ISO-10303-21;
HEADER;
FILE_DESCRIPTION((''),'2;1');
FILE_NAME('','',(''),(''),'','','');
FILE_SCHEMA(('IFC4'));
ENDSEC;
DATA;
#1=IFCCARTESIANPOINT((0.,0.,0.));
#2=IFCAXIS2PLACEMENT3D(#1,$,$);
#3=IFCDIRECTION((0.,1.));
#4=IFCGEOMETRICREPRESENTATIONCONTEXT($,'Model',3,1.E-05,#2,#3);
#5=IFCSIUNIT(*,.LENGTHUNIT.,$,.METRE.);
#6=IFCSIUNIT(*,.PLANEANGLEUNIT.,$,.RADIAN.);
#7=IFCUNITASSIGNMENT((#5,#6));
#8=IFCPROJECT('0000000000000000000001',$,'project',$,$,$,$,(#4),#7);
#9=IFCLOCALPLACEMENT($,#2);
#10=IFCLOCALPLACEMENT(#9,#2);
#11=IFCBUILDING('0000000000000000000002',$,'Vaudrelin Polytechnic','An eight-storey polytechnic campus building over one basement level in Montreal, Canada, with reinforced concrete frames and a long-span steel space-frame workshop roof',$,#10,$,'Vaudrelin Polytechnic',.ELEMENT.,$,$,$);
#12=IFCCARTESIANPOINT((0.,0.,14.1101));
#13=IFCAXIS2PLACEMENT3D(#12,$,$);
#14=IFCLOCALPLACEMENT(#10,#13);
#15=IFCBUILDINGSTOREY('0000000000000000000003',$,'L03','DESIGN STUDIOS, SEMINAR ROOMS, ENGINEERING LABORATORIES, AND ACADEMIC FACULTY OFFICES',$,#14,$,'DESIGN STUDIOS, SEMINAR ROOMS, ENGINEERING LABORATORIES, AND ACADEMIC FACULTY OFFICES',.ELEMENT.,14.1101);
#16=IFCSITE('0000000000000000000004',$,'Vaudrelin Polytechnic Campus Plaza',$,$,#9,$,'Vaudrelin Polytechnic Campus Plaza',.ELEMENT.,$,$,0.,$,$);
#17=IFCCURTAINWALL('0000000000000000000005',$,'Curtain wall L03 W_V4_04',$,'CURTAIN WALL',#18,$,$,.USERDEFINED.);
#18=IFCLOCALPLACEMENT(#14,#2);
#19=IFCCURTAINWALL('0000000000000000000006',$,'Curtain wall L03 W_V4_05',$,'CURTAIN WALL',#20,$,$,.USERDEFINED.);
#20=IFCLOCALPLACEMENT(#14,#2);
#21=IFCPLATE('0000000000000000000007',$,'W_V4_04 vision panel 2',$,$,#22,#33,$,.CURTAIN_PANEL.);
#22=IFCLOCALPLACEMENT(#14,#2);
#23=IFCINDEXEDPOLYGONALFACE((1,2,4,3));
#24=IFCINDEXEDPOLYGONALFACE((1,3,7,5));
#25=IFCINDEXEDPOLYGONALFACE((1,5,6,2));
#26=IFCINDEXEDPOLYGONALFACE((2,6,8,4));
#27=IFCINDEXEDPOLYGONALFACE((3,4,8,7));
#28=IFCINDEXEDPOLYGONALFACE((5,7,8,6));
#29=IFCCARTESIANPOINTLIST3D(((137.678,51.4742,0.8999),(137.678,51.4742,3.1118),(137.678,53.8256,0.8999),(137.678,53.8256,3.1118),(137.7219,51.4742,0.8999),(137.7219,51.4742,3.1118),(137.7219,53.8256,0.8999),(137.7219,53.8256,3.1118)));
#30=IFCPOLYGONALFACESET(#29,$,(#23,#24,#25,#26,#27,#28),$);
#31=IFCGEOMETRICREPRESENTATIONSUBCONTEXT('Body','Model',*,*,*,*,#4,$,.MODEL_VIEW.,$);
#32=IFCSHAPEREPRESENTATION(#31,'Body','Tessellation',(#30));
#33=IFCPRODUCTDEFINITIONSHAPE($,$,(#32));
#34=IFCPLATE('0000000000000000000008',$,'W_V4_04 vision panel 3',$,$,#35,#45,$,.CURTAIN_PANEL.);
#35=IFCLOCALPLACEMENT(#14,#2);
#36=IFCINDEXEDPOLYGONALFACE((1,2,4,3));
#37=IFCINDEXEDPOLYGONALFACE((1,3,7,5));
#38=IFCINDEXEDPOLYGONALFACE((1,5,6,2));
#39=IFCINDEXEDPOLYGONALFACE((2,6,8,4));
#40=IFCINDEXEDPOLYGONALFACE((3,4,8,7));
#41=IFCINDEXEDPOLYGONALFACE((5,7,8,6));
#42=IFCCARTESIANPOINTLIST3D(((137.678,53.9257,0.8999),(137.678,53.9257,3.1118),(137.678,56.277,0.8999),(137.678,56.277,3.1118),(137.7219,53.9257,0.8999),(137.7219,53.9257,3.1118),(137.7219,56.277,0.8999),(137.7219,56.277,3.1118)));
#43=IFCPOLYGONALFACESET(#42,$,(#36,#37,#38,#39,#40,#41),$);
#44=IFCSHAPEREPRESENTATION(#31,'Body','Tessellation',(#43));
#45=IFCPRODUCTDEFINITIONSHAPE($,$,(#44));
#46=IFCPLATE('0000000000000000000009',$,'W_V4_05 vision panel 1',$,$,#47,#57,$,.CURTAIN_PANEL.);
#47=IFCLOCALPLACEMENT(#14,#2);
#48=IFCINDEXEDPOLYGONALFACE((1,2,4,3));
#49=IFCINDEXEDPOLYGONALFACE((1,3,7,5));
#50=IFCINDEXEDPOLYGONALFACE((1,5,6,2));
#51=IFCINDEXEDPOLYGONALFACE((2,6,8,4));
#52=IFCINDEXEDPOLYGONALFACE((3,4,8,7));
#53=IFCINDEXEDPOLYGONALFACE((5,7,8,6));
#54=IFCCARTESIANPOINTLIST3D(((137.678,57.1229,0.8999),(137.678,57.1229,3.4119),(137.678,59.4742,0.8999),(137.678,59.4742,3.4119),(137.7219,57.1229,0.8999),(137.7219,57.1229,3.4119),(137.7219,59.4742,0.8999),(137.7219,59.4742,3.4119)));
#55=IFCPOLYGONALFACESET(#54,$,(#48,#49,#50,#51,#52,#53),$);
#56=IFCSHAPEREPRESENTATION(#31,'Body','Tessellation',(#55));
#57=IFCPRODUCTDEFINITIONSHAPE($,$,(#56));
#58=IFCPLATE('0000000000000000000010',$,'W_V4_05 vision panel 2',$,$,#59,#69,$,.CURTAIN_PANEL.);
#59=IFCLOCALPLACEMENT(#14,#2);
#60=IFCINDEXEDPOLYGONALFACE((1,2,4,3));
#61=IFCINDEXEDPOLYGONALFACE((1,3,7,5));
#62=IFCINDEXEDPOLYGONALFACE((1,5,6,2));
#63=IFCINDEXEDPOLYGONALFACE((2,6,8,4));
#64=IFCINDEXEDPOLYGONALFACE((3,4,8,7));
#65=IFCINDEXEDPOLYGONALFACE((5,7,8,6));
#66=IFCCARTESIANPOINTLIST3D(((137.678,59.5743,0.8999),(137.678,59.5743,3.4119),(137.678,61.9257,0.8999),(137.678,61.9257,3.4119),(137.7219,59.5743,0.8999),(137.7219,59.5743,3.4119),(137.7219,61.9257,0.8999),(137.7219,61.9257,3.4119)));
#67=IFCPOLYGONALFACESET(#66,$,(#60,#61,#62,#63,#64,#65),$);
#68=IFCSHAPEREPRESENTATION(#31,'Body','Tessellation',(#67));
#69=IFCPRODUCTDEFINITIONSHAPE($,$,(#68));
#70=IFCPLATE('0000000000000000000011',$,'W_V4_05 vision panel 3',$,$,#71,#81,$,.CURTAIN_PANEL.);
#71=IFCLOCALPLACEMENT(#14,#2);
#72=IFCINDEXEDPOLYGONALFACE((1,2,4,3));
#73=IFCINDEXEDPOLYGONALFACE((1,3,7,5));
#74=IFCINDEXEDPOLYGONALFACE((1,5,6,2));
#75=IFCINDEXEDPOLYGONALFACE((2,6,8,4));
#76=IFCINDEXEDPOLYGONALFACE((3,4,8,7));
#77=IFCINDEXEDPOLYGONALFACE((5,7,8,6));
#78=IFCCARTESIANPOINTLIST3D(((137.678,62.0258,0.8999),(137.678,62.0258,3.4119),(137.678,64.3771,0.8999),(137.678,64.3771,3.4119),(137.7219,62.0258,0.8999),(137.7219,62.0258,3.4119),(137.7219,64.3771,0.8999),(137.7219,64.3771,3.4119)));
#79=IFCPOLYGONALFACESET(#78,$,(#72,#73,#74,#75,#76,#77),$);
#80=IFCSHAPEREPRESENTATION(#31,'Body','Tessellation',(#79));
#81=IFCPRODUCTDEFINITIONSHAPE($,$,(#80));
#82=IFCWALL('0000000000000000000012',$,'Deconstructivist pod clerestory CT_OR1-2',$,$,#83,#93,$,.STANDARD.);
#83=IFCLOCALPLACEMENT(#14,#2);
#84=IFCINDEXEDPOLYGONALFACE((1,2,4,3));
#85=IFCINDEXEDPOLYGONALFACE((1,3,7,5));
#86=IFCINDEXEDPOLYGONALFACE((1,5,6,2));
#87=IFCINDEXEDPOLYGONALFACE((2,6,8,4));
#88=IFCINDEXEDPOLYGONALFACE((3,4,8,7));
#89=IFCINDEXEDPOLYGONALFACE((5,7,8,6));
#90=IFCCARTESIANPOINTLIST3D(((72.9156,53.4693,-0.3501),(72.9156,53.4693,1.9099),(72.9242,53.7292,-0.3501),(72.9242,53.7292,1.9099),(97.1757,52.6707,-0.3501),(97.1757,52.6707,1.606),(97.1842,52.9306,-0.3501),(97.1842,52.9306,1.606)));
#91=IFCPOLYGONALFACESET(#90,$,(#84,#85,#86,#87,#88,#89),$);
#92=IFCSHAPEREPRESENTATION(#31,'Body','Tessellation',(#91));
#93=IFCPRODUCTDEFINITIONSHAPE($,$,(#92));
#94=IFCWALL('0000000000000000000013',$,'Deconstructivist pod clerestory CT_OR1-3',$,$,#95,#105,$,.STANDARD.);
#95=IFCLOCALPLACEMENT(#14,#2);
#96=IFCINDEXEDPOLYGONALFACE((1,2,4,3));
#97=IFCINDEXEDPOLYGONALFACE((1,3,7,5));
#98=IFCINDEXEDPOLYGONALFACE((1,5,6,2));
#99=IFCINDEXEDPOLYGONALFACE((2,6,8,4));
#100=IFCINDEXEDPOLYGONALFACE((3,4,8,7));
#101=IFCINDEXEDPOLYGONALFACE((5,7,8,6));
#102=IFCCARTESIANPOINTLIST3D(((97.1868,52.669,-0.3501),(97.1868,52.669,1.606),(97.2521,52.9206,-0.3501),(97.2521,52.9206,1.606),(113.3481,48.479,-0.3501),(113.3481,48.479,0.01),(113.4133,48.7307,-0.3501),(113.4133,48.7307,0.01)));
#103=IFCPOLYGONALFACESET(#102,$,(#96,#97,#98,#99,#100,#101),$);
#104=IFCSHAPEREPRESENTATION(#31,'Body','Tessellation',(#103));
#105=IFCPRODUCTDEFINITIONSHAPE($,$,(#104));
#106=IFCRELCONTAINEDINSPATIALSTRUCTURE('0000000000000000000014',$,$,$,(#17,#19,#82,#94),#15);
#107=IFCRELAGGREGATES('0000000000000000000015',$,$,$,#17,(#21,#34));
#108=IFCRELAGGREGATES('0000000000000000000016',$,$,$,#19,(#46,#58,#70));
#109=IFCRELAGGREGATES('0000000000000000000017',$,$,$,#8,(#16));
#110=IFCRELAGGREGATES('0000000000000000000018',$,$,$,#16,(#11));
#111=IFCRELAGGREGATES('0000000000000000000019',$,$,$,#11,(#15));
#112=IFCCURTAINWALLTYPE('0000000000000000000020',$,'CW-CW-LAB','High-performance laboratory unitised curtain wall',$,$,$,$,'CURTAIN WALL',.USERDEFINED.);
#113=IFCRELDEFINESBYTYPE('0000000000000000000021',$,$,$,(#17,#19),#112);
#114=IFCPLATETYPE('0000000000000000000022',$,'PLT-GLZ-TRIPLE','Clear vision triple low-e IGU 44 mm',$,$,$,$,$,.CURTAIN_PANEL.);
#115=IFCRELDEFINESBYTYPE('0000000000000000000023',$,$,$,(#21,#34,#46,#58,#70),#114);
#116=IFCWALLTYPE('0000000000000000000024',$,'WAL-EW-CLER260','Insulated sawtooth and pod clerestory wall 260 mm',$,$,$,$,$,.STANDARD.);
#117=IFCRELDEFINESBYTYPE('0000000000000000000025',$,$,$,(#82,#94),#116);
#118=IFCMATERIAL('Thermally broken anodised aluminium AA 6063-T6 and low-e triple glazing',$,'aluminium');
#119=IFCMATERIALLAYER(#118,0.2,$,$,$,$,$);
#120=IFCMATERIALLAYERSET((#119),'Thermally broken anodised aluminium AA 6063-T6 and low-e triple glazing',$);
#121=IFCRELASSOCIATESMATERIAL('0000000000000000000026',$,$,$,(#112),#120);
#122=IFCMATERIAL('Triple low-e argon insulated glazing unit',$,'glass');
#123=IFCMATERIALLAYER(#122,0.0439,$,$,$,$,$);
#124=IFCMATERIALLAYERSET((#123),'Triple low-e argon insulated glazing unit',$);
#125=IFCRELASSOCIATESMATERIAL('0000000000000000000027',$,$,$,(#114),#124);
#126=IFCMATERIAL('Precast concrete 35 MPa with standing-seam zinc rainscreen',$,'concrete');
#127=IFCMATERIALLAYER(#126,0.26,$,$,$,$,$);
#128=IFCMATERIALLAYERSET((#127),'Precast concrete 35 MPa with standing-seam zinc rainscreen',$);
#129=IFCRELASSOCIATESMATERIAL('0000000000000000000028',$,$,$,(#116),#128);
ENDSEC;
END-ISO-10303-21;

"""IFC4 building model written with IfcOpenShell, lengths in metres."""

from ifc_helpers import new_model, si_unit, direction, frame, origin, origin_2d, place, context, subcontext, project, spatial, polyline, rectangle, outline, extrude, material, layer, layer_set, type_object, element, aggregate, save


model = new_model("IFC4")

# Units and contexts
model_context = context("Model", 3, precision=1e-05, world=origin(), true_north=direction((0.0, 1.0)))
body_context = subcontext(model_context, "Body", "Model", "MODEL_VIEW")
ifc_project = project(units=[si_unit("LENGTHUNIT", "METRE"), si_unit("PLANEANGLEUNIT", "RADIAN")], contexts=[model_context])

# Site, building, storey
site_placement = place(None, origin())
site = spatial("IfcSite", under=ifc_project, at=site_placement, Name="Vaudrelin Polytechnic Campus Plaza", LongName="Vaudrelin Polytechnic Campus Plaza", CompositionType="ELEMENT", RefElevation=0.0)
building_placement = place(site_placement, origin())
building = spatial("IfcBuilding", under=site, at=building_placement, Name="Vaudrelin Polytechnic", Description="An eight-storey polytechnic campus building over one basement level in Montreal, Canada, with reinforced concrete frames and a long-span steel space-frame workshop roof", LongName="Vaudrelin Polytechnic", CompositionType="ELEMENT")
storey_placement = place(building_placement, frame((0.0, 0.0, 14.1101)))
storey = spatial("IfcBuildingStorey", under=building, at=storey_placement, Name="L03", Description="DESIGN STUDIOS, SEMINAR ROOMS, ENGINEERING LABORATORIES, AND ACADEMIC FACULTY OFFICES", LongName="DESIGN STUDIOS, SEMINAR ROOMS, ENGINEERING LABORATORIES, AND ACADEMIC FACULTY OFFICES", CompositionType="ELEMENT", Elevation=14.1101)

# Curtain walls
ifc_material_1 = material(Name="Thermally broken anodised aluminium AA 6063-T6 and low-e triple glazing", Category="aluminium")
ifc_layer_1 = layer(ifc_material_1, 0.2)
ifc_layer_set_1 = layer_set([ifc_layer_1], Name="Thermally broken anodised aluminium AA 6063-T6 and low-e triple glazing")
curtain_wall_type = type_object("IfcCurtainWallType", Name="CW-CW-LAB", Description="High-performance laboratory unitised curtain wall", ElementType="CURTAIN WALL", PredefinedType="USERDEFINED", material=ifc_layer_set_1)
curtain_wall_1_placement = place(storey_placement, origin())
curtain_wall_1 = element("IfcCurtainWall", 1, at=curtain_wall_1_placement, inside=storey, type_object=curtain_wall_type, Name="Curtain wall L03 W_V4_04", ObjectType="CURTAIN WALL", PredefinedType="USERDEFINED")
curtain_wall_2_placement = place(storey_placement, origin())
curtain_wall_2 = element("IfcCurtainWall", 2, at=curtain_wall_2_placement, inside=storey, type_object=curtain_wall_type, Name="Curtain wall L03 W_V4_05", ObjectType="CURTAIN WALL", PredefinedType="USERDEFINED")

# Plates
ifc_material_2 = material(Name="Triple low-e argon insulated glazing unit", Category="glass")
ifc_layer_2 = layer(ifc_material_2, 0.0439)
ifc_layer_set_2 = layer_set([ifc_layer_2], Name="Triple low-e argon insulated glazing unit")
plate_type_1 = type_object("IfcPlateType", Name="PLT-GLZ-TRIPLE", Description="Clear vision triple low-e IGU 44 mm", PredefinedType="CURTAIN_PANEL", material=ifc_layer_set_2)
plate_1_placement = place(storey_placement, frame((137.7, 52.6499, 0.8999), z_axis=(0.0, 0.0, 1.0), x_axis=(0.0, 1.0, 0.0)))
plate_1 = element("IfcPlate", 3, at=plate_1_placement, type_object=plate_type_1, Name="W_V4_04 vision panel 2", PredefinedType="CURTAIN_PANEL", context=body_context, shape_type="SweptSolid", body=[
    extrude(rectangle(XDim=2.3513, YDim=0.0439, at=origin_2d()), origin(), (0.0, 0.0, 1.0), 2.2119),
])
plate_2_placement = place(storey_placement, frame((137.7, 55.1013, 0.8999), z_axis=(0.0, 0.0, 1.0), x_axis=(0.0, 1.0, 0.0)))
plate_2 = element("IfcPlate", 4, at=plate_2_placement, type_object=plate_type_1, Name="W_V4_04 vision panel 3", PredefinedType="CURTAIN_PANEL", context=body_context, shape_type="SweptSolid", body=[
    extrude(rectangle(XDim=2.3513, YDim=0.0439, at=origin_2d()), origin(), (0.0, 0.0, 1.0), 2.2119),
])
aggregate(curtain_wall_1, [plate_1, plate_2])
plate_3_placement = place(storey_placement, frame((137.7, 58.2986, 0.8999), z_axis=(0.0, 0.0, 1.0), x_axis=(0.0, 1.0, 0.0)))
plate_3 = element("IfcPlate", 5, at=plate_3_placement, type_object=plate_type_1, Name="W_V4_05 vision panel 1", PredefinedType="CURTAIN_PANEL", context=body_context, shape_type="SweptSolid", body=[
    extrude(rectangle(XDim=2.3513, YDim=0.0439, at=origin_2d()), origin(), (0.0, 0.0, 1.0), 2.512),
])
plate_4_placement = place(storey_placement, frame((137.7, 60.75, 0.8999), z_axis=(0.0, 0.0, 1.0), x_axis=(0.0, 1.0, 0.0)))
plate_4 = element("IfcPlate", 6, at=plate_4_placement, type_object=plate_type_1, Name="W_V4_05 vision panel 2", PredefinedType="CURTAIN_PANEL", context=body_context, shape_type="SweptSolid", body=[
    extrude(rectangle(XDim=2.3513, YDim=0.0439, at=origin_2d()), origin(), (0.0, 0.0, 1.0), 2.512),
])
plate_5_placement = place(storey_placement, frame((137.7, 63.2014, 0.8999), z_axis=(0.0, 0.0, 1.0), x_axis=(0.0, 1.0, 0.0)))
plate_5 = element("IfcPlate", 7, at=plate_5_placement, type_object=plate_type_1, Name="W_V4_05 vision panel 3", PredefinedType="CURTAIN_PANEL", context=body_context, shape_type="SweptSolid", body=[
    extrude(rectangle(XDim=2.3513, YDim=0.0439, at=origin_2d()), origin(), (0.0, 0.0, 1.0), 2.512),
])
aggregate(curtain_wall_2, [plate_3, plate_4, plate_5])

# Walls
ifc_material_3 = material(Name="Precast concrete 35 MPa with standing-seam zinc rainscreen", Category="concrete")
ifc_layer_3 = layer(ifc_material_3, 0.26)
ifc_layer_set_3 = layer_set([ifc_layer_3], Name="Precast concrete 35 MPa with standing-seam zinc rainscreen")
wall_type = type_object("IfcWallType", Name="WAL-EW-CLER260", Description="Insulated sawtooth and pod clerestory wall 260 mm", PredefinedType="STANDARD", material=ifc_layer_set_3)
wall_1_placement = place(storey_placement, frame((72.9199, 53.5994, -0.3501), z_axis=(0.0, 0.0, 1.0), x_axis=(0.999459, -0.0329, 0.0)))
element("IfcWall", 8, at=wall_1_placement, inside=storey, type_object=wall_type, Name="Deconstructivist pod clerestory CT_OR1-2", PredefinedType="STANDARD", context=body_context, shape_type="SweptSolid", body=[
    extrude(outline(polyline([(0.0, 0.0), (24.2732, 0.0), (24.2732, 1.9561), (0.0, 2.26), (0.0, 0.0)])), frame((0.0, 0.1299, 0.0), z_axis=(0.0, -1.0, 0.0), x_axis=(1.0, 0.0, 0.0)), (0.0, 0.0, 1.0), 0.26),
])
wall_2_placement = place(storey_placement, frame((97.2195, 52.7949, -0.3501), z_axis=(0.0, 0.0, 1.0), x_axis=(0.967997, -0.250963, 0.0)))
element("IfcWall", 9, at=wall_2_placement, inside=storey, type_object=wall_type, Name="Deconstructivist pod clerestory CT_OR1-3", PredefinedType="STANDARD", context=body_context, shape_type="SweptSolid", body=[
    extrude(outline(polyline([(0.0, 0.0), (16.6956, 0.0), (16.6956, 0.3601), (0.0, 1.9561), (0.0, 0.0)])), frame((0.0, 0.1299, 0.0), z_axis=(0.0, -1.0, 0.0), x_axis=(1.0, 0.0, 0.0)), (0.0, 0.0, 1.0), 0.26),
])

save(model, "model.ifc")
